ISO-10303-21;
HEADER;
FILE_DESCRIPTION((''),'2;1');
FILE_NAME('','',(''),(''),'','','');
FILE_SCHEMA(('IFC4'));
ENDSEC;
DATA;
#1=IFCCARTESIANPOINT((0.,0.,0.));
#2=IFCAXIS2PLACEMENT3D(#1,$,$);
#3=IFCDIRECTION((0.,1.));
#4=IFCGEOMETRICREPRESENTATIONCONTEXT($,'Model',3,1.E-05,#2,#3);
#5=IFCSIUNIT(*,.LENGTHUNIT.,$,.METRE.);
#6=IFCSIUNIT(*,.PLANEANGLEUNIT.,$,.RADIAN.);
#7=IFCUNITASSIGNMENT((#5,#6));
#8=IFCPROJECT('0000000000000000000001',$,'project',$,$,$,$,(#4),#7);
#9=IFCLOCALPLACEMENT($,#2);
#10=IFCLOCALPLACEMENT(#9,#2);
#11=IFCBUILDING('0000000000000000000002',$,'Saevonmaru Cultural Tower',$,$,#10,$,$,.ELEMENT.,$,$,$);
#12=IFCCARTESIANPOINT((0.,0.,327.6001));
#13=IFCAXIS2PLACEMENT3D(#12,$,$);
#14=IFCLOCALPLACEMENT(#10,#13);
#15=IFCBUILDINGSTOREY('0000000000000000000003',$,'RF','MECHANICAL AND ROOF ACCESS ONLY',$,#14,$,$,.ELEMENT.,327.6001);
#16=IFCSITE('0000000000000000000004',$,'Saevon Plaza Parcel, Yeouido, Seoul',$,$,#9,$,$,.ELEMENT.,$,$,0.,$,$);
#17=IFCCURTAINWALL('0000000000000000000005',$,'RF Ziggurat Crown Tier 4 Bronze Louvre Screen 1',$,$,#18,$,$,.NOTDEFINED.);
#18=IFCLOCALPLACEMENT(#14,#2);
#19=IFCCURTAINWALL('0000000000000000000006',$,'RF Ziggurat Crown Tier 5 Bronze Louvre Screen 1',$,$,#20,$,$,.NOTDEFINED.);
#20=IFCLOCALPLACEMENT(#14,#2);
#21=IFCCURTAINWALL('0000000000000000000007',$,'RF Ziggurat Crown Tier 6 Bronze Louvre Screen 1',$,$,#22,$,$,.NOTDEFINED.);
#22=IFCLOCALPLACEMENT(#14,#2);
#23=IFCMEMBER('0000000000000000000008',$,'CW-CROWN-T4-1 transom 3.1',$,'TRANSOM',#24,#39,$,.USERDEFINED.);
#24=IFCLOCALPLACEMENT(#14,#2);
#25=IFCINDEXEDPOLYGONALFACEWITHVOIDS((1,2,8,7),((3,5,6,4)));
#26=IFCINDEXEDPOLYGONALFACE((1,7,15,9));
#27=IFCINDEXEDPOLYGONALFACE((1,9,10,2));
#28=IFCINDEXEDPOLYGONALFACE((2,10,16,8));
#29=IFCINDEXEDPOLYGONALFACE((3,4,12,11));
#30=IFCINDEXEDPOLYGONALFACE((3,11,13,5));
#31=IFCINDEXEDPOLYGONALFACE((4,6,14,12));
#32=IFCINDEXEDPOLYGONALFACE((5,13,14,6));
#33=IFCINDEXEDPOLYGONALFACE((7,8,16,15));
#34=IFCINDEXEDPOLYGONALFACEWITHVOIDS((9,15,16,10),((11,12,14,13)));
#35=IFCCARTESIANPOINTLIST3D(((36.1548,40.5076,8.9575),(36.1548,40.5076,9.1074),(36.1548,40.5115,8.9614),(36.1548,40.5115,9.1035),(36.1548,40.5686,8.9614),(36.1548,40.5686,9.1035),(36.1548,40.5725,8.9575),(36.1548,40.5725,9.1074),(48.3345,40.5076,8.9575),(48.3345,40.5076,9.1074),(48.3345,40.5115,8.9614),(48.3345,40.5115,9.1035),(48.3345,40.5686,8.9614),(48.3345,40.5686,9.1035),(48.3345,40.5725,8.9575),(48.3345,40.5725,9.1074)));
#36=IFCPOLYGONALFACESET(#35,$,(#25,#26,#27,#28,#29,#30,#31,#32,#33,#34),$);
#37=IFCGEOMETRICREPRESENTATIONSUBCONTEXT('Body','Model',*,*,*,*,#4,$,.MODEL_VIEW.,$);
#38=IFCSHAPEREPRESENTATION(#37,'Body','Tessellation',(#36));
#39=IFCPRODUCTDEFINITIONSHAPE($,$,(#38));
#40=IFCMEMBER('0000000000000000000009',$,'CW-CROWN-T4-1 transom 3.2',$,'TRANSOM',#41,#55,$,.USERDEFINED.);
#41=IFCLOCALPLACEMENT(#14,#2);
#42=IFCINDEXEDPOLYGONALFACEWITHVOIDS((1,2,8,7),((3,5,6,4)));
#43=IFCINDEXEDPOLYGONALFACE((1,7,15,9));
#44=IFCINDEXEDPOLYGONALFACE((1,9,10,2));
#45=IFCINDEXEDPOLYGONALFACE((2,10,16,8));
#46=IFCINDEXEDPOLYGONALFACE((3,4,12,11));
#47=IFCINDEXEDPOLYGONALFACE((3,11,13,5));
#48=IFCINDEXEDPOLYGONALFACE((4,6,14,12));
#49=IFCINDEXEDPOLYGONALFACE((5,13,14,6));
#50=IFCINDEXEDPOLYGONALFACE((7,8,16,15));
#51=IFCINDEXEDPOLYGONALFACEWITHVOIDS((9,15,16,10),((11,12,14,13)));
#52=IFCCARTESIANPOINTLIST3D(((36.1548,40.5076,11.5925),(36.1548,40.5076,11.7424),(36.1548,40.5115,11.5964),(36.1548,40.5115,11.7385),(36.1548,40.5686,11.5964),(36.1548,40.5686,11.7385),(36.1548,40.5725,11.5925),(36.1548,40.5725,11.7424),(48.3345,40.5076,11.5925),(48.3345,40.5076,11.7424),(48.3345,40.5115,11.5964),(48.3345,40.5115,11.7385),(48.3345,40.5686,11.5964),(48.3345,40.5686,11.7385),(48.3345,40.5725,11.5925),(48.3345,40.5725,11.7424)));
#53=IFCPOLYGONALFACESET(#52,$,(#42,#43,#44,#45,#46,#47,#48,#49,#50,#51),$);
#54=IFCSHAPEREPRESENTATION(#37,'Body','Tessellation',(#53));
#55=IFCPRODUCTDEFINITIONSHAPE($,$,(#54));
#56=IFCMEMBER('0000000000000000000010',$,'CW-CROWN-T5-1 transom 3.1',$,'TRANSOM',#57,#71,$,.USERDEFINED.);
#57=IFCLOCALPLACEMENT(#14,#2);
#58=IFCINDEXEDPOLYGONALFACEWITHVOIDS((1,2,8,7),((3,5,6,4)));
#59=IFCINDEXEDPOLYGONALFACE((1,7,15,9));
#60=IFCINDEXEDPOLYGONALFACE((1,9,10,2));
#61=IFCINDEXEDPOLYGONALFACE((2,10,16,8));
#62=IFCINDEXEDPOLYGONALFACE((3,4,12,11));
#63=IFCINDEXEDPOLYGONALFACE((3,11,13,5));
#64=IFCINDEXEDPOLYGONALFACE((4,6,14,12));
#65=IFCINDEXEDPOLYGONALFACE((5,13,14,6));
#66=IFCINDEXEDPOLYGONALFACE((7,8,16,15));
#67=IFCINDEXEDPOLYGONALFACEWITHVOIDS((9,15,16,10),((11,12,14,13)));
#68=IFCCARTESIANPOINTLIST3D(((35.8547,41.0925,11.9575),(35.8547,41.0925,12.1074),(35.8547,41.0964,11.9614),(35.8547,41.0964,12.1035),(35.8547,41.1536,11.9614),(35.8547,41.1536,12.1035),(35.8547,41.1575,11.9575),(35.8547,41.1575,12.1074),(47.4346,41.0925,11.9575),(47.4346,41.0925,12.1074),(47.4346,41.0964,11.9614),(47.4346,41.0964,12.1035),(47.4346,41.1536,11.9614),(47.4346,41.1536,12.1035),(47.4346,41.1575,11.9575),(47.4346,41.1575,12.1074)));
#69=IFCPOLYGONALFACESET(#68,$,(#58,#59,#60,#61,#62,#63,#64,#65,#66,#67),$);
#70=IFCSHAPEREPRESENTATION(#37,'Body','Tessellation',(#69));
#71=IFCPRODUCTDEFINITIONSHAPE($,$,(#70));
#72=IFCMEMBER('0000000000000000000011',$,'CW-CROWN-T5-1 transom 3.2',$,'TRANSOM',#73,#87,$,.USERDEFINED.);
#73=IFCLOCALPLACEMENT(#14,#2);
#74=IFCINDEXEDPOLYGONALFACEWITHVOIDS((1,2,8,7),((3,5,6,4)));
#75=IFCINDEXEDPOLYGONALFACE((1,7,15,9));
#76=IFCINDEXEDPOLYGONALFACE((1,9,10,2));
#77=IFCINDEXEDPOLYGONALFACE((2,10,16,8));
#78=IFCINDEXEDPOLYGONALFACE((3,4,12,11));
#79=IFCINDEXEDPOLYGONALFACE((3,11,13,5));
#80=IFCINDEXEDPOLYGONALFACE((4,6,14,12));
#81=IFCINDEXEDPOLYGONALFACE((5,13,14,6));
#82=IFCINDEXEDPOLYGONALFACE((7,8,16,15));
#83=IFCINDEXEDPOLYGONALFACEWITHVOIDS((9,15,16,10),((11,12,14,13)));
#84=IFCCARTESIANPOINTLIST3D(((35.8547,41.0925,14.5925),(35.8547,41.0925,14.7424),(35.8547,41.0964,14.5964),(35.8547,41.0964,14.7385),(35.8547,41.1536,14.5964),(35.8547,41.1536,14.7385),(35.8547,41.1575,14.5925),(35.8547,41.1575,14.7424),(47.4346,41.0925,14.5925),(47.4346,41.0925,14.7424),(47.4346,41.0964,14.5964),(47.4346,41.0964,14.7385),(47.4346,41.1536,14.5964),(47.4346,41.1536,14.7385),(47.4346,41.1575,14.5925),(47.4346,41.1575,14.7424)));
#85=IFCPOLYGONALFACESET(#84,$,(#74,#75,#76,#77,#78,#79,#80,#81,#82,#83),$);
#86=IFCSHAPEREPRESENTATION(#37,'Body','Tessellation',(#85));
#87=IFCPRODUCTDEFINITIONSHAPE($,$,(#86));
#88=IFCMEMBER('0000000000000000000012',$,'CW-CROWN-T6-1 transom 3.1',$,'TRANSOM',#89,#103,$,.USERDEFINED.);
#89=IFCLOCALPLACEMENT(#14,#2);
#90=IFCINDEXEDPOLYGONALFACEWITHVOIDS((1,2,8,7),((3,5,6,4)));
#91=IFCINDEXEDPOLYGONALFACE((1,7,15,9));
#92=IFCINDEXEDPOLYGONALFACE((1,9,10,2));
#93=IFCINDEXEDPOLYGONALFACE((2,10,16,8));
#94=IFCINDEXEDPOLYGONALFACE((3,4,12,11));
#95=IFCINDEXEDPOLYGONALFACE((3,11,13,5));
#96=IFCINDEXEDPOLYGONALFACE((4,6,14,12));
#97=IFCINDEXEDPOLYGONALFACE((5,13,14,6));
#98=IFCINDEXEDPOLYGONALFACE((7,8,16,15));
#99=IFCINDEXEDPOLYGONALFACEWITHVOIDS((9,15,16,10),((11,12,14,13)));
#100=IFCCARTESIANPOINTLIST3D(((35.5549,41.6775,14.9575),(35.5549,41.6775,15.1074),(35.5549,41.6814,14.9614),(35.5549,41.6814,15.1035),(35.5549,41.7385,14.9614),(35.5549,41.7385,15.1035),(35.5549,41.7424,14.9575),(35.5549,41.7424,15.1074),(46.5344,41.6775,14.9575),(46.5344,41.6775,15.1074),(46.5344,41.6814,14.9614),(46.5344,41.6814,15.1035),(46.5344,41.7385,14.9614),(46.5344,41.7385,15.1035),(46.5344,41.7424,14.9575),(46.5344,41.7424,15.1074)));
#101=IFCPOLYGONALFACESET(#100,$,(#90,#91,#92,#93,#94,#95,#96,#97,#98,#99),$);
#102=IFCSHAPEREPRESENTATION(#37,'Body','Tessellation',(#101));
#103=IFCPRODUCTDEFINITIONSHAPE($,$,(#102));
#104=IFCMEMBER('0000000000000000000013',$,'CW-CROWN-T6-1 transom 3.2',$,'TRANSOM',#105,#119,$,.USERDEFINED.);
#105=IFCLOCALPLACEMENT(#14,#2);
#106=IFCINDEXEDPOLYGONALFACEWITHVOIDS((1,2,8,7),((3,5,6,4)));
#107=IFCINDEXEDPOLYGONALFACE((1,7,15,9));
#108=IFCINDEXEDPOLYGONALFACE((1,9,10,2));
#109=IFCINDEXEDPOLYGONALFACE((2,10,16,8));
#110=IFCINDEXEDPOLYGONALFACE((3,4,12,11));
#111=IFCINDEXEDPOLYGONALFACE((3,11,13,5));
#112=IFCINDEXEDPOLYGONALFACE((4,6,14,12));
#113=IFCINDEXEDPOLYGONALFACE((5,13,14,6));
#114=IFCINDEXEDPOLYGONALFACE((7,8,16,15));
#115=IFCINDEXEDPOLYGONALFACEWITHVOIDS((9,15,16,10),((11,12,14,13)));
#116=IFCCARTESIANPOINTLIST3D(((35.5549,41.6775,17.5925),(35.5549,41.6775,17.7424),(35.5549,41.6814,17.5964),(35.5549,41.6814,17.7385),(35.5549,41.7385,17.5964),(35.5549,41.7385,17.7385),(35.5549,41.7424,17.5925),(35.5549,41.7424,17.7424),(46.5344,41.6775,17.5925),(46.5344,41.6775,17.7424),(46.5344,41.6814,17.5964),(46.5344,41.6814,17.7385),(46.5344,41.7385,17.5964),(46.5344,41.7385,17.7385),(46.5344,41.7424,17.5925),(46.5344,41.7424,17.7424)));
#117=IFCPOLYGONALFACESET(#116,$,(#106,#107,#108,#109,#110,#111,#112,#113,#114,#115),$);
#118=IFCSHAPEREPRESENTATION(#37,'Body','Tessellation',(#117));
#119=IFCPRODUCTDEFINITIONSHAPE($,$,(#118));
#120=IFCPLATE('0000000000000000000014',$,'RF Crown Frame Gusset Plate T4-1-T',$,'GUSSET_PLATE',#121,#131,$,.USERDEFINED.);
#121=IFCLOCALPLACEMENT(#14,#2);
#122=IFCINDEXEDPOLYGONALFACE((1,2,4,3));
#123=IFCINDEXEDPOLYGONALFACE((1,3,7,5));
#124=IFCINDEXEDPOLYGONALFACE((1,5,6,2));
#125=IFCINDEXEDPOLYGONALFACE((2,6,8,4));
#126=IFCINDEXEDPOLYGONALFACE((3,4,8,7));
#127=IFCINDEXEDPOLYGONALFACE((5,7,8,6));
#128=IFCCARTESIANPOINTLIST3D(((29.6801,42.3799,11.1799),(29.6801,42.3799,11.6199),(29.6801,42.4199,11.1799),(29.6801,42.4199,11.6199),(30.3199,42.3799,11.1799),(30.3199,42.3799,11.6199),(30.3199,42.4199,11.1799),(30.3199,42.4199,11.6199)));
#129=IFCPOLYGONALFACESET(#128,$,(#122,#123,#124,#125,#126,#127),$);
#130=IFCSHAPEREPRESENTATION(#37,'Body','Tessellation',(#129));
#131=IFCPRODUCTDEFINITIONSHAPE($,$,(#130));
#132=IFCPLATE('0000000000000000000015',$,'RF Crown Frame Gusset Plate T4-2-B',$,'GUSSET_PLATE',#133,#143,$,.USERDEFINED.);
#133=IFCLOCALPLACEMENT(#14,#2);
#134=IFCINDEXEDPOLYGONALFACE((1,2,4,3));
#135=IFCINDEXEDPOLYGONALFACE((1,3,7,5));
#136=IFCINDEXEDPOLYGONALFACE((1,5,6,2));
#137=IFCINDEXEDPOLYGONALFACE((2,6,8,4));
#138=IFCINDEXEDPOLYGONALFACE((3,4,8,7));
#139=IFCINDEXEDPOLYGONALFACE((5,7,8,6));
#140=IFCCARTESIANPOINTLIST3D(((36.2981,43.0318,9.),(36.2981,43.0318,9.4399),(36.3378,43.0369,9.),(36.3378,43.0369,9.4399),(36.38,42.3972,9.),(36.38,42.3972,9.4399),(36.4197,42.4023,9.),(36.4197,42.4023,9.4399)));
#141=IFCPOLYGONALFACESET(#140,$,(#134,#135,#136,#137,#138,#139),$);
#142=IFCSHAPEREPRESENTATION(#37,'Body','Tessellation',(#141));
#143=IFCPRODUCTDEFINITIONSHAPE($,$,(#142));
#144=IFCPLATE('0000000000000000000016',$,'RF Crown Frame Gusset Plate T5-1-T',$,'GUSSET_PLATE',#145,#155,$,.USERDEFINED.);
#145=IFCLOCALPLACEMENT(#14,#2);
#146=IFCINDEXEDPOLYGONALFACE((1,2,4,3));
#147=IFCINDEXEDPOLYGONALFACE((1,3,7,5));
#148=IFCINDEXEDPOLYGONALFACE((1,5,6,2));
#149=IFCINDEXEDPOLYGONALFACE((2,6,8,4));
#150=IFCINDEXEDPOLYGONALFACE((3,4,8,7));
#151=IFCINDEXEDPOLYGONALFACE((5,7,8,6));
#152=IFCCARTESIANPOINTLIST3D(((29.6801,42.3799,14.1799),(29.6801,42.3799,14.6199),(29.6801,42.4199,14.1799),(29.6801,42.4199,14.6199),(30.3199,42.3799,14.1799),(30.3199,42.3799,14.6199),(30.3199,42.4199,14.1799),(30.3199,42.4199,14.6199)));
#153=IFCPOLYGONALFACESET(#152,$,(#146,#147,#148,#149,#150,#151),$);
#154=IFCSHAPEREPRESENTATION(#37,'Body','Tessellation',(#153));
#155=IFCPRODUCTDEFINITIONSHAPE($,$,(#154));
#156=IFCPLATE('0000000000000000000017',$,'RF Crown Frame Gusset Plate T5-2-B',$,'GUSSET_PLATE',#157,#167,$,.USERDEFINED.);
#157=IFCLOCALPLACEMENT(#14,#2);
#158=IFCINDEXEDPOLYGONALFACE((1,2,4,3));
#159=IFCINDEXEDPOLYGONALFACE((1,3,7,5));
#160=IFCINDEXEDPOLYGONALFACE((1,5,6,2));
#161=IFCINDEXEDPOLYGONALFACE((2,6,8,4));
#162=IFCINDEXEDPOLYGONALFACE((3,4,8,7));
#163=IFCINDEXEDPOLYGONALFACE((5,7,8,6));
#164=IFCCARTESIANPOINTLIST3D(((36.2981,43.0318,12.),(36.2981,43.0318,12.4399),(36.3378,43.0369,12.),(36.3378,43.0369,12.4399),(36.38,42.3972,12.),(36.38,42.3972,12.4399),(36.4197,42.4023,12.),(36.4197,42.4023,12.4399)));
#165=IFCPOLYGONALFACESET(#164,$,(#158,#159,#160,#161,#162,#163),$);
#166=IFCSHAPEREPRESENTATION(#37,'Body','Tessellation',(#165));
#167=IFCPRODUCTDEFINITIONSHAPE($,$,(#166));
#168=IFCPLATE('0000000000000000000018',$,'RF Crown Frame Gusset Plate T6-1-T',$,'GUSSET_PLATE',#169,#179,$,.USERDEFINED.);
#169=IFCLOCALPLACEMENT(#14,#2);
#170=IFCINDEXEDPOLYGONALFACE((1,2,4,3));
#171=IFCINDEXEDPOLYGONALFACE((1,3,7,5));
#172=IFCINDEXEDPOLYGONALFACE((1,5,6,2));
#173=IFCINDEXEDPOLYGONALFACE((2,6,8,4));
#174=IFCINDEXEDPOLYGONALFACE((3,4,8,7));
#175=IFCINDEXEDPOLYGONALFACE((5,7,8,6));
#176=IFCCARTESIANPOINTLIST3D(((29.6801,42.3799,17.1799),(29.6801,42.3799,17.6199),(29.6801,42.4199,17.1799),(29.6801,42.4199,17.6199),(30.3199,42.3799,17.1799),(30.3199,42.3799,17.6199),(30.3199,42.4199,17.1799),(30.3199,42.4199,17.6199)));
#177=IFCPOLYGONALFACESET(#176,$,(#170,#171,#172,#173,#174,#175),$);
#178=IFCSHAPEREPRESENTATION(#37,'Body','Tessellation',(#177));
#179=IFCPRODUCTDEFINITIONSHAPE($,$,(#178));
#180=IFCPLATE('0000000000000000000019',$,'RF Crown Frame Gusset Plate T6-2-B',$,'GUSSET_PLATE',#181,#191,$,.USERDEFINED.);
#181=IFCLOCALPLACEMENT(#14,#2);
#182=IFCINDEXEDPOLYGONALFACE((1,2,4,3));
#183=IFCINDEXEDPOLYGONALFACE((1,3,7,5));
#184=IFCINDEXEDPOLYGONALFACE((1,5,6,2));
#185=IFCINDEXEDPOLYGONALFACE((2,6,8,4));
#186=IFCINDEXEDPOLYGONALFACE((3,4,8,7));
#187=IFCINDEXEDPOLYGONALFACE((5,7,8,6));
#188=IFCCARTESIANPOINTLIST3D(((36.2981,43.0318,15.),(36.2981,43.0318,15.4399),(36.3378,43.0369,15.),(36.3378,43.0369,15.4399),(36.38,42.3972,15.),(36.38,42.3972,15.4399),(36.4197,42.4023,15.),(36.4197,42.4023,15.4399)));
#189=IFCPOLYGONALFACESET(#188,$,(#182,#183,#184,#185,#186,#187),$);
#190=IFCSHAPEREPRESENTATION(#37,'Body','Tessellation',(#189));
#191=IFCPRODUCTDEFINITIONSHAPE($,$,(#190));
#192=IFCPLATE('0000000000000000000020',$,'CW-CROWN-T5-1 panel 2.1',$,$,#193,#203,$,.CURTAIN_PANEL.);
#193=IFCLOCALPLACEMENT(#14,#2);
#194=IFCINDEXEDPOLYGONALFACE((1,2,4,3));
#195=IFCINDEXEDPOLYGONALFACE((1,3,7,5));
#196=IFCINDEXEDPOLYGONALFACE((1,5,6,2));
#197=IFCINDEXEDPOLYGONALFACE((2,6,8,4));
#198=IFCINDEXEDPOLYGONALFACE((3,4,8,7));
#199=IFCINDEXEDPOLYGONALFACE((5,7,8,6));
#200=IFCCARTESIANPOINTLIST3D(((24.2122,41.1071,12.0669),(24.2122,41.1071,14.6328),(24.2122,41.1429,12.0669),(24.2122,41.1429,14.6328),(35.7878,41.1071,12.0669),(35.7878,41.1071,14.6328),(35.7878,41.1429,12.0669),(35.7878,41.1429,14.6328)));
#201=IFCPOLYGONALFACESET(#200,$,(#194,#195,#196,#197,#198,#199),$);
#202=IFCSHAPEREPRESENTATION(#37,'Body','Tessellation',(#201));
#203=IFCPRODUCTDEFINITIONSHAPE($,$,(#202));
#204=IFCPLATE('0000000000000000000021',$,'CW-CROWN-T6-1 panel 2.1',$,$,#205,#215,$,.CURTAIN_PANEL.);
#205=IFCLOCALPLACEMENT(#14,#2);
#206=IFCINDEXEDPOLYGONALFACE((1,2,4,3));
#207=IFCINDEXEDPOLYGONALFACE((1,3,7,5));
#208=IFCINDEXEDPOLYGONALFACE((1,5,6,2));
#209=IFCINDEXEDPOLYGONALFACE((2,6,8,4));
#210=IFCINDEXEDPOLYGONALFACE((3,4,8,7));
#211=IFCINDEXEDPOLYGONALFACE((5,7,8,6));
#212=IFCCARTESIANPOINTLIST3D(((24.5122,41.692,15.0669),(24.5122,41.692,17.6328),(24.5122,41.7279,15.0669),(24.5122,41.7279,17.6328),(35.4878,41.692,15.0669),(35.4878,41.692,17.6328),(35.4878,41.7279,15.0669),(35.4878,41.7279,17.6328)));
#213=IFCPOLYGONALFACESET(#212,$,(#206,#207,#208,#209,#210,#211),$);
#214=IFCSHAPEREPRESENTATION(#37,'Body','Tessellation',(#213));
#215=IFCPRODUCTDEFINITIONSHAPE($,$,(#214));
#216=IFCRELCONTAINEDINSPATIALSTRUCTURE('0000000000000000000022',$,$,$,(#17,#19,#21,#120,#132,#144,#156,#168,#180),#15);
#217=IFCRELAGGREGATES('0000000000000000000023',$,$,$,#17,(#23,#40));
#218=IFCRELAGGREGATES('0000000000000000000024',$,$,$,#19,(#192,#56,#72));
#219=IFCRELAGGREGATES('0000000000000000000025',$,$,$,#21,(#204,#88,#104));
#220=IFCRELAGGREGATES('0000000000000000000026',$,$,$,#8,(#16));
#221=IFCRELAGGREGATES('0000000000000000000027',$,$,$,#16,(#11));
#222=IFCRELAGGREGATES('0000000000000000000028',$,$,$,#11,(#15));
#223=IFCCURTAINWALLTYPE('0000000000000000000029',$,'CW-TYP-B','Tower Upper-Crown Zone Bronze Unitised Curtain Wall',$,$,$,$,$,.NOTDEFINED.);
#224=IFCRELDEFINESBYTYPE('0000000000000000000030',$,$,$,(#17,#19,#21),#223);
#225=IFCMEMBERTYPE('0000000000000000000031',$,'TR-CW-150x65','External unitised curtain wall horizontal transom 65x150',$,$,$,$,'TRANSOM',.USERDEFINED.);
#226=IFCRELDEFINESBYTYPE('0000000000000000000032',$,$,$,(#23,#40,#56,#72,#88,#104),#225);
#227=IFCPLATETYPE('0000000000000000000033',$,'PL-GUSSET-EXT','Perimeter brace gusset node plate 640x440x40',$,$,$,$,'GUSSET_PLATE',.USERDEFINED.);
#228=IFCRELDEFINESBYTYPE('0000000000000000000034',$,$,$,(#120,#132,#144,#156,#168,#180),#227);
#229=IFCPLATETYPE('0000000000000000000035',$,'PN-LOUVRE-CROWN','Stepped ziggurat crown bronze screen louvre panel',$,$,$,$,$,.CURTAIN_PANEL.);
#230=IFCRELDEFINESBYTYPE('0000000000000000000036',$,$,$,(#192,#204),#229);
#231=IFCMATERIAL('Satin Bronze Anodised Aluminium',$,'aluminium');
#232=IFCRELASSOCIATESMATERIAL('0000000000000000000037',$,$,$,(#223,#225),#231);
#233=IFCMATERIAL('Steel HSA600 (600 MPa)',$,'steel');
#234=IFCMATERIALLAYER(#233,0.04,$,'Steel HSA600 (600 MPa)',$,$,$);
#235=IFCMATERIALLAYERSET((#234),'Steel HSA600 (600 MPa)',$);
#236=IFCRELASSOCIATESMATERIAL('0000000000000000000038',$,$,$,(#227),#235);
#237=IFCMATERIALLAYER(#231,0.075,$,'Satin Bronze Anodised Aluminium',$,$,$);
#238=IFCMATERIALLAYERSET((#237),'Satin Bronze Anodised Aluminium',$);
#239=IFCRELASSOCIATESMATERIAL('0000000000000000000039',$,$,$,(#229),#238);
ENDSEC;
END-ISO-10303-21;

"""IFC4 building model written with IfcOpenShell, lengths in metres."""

from ifc_helpers import new_model, si_unit, direction, frame, origin, origin_2d, place, context, subcontext, project, spatial, rectangle, hollow_rectangle, extrude, material, layer, layer_set, material_profile, profile_set, type_object, element, aggregate, save


model = new_model("IFC4")

# Units and contexts
model_context = context("Model", 3, precision=1e-05, world=origin(), true_north=direction((0.0, 1.0)))
body_context = subcontext(model_context, "Body", "Model", "MODEL_VIEW")
ifc_project = project(units=[si_unit("LENGTHUNIT", "METRE"), si_unit("PLANEANGLEUNIT", "RADIAN")], contexts=[model_context])

# Site, building, storey
site_placement = place(None, origin())
site = spatial("IfcSite", under=ifc_project, at=site_placement, Name="Saevon Plaza Parcel, Yeouido, Seoul", CompositionType="ELEMENT", RefElevation=0.0)
building_placement = place(site_placement, origin())
building = spatial("IfcBuilding", under=site, at=building_placement, Name="Saevonmaru Cultural Tower", CompositionType="ELEMENT")
storey_placement = place(building_placement, frame((0.0, 0.0, 327.6001)))
storey = spatial("IfcBuildingStorey", under=building, at=storey_placement, Name="RF", Description="MECHANICAL AND ROOF ACCESS ONLY", CompositionType="ELEMENT", Elevation=327.6001)

# Curtain walls
ifc_material_1 = material(Name="Satin Bronze Anodised Aluminium", Category="aluminium")
curtain_wall_type = type_object("IfcCurtainWallType", Name="CW-TYP-B", Description="Tower Upper-Crown Zone Bronze Unitised Curtain Wall", PredefinedType="NOTDEFINED", material=ifc_material_1)
curtain_wall_1_placement = place(storey_placement, origin())
curtain_wall_1 = element("IfcCurtainWall", 1, at=curtain_wall_1_placement, inside=storey, type_object=curtain_wall_type, Name="RF Ziggurat Crown Tier 4 Bronze Louvre Screen 1", PredefinedType="NOTDEFINED")
curtain_wall_2_placement = place(storey_placement, origin())
curtain_wall_2 = element("IfcCurtainWall", 2, at=curtain_wall_2_placement, inside=storey, type_object=curtain_wall_type, Name="RF Ziggurat Crown Tier 5 Bronze Louvre Screen 1", PredefinedType="NOTDEFINED")
curtain_wall_3_placement = place(storey_placement, origin())
curtain_wall_3 = element("IfcCurtainWall", 3, at=curtain_wall_3_placement, inside=storey, type_object=curtain_wall_type, Name="RF Ziggurat Crown Tier 6 Bronze Louvre Screen 1", PredefinedType="NOTDEFINED")
ifc_material_profile_1 = material_profile(ifc_material_1, hollow_rectangle(XDim=0.0649, YDim=0.1499, WallThickness=0.0039, at=origin_2d()), Name="ALU-TRAN-150x65x4")
ifc_profile_set_1 = profile_set([ifc_material_profile_1], Name="Satin Bronze Anodised Aluminium")
member_type_1 = type_object("IfcMemberType", Name="TR-CW-150x65", Description="External unitised curtain wall horizontal transom 65x150", ElementType="TRANSOM", PredefinedType="USERDEFINED", material=ifc_profile_set_1)

# Members
member_1_placement = place(storey_placement, frame((36.1548, 40.54, 9.0325), z_axis=(1.0, 0.0, 0.0), x_axis=(0.0, 1.0, 0.0)))
member_1 = element("IfcMember", 4, at=member_1_placement, type_object=member_type_1, Name="CW-CROWN-T4-1 transom 3.1", ObjectType="TRANSOM", PredefinedType="USERDEFINED", context=body_context, shape_type="SweptSolid", body=[
    extrude(hollow_rectangle(XDim=0.0649, YDim=0.1499, WallThickness=0.0039, at=origin_2d()), origin(), (0.0, 0.0, 1.0), 12.1797),
])
member_2_placement = place(storey_placement, frame((36.1548, 40.54, 11.6675), z_axis=(1.0, 0.0, 0.0), x_axis=(0.0, 1.0, 0.0)))
member_2 = element("IfcMember", 5, at=member_2_placement, type_object=member_type_1, Name="CW-CROWN-T4-1 transom 3.2", ObjectType="TRANSOM", PredefinedType="USERDEFINED", context=body_context, shape_type="SweptSolid", body=[
    extrude(hollow_rectangle(XDim=0.0649, YDim=0.1499, WallThickness=0.0039, at=origin_2d()), origin(), (0.0, 0.0, 1.0), 12.1797),
])
aggregate(curtain_wall_1, [member_1, member_2])
member_3_placement = place(storey_placement, frame((35.8547, 41.125, 12.0325), z_axis=(1.0, 0.0, 0.0), x_axis=(0.0, 1.0, 0.0)))
member_3 = element("IfcMember", 6, at=member_3_placement, type_object=member_type_1, Name="CW-CROWN-T5-1 transom 3.1", ObjectType="TRANSOM", PredefinedType="USERDEFINED", context=body_context, shape_type="SweptSolid", body=[
    extrude(hollow_rectangle(XDim=0.0649, YDim=0.1499, WallThickness=0.0039, at=origin_2d()), origin(), (0.0, 0.0, 1.0), 11.5798),
])
member_4_placement = place(storey_placement, frame((35.8547, 41.125, 14.6675), z_axis=(1.0, 0.0, 0.0), x_axis=(0.0, 1.0, 0.0)))
member_4 = element("IfcMember", 7, at=member_4_placement, type_object=member_type_1, Name="CW-CROWN-T5-1 transom 3.2", ObjectType="TRANSOM", PredefinedType="USERDEFINED", context=body_context, shape_type="SweptSolid", body=[
    extrude(hollow_rectangle(XDim=0.0649, YDim=0.1499, WallThickness=0.0039, at=origin_2d()), origin(), (0.0, 0.0, 1.0), 11.5798),
])
member_5_placement = place(storey_placement, frame((35.5549, 41.71, 15.0325), z_axis=(1.0, 0.0, 0.0), x_axis=(0.0, 1.0, 0.0)))
member_5 = element("IfcMember", 8, at=member_5_placement, type_object=member_type_1, Name="CW-CROWN-T6-1 transom 3.1", ObjectType="TRANSOM", PredefinedType="USERDEFINED", context=body_context, shape_type="SweptSolid", body=[
    extrude(hollow_rectangle(XDim=0.0649, YDim=0.1499, WallThickness=0.0039, at=origin_2d()), origin(), (0.0, 0.0, 1.0), 10.9795),
])
member_6_placement = place(storey_placement, frame((35.5549, 41.71, 17.6675), z_axis=(1.0, 0.0, 0.0), x_axis=(0.0, 1.0, 0.0)))
member_6 = element("IfcMember", 9, at=member_6_placement, type_object=member_type_1, Name="CW-CROWN-T6-1 transom 3.2", ObjectType="TRANSOM", PredefinedType="USERDEFINED", context=body_context, shape_type="SweptSolid", body=[
    extrude(hollow_rectangle(XDim=0.0649, YDim=0.1499, WallThickness=0.0039, at=origin_2d()), origin(), (0.0, 0.0, 1.0), 10.9795),
])

# Plates
ifc_material_2 = material(Name="Steel HSA600 (600 MPa)", Category="steel")
ifc_layer_1 = layer(ifc_material_2, 0.04, Name="Steel HSA600 (600 MPa)")
ifc_layer_set_1 = layer_set([ifc_layer_1], Name="Steel HSA600 (600 MPa)")
plate_type_1 = type_object("IfcPlateType", Name="PL-GUSSET-EXT", Description="Perimeter brace gusset node plate 640x440x40", ElementType="GUSSET_PLATE", PredefinedType="USERDEFINED", material=ifc_layer_set_1)
for number, where, z_axis, x_axis, name in (
    (10, (30.0, 42.3999, 11.1799), (0.0, 0.0, 1.0), (1.0, 0.0, 0.0), "RF Crown Frame Gusset Plate T4-1-T"),
    (11, (36.3589, 42.717, 9.0), (0.0, 0.0, 1.0), (-0.127965, 0.991779, 0.0), "RF Crown Frame Gusset Plate T4-2-B"),
    (12, (30.0, 42.3999, 14.1799), (0.0, 0.0, 1.0), (1.0, 0.0, 0.0), "RF Crown Frame Gusset Plate T5-1-T"),
    (13, (36.3589, 42.717, 12.0), (0.0, 0.0, 1.0), (-0.127965, 0.991779, 0.0), "RF Crown Frame Gusset Plate T5-2-B"),
    (14, (30.0, 42.3999, 17.1799), (0.0, 0.0, 1.0), (1.0, 0.0, 0.0), "RF Crown Frame Gusset Plate T6-1-T"),
    (15, (36.3589, 42.717, 15.0), (0.0, 0.0, 1.0), (-0.127965, 0.991779, 0.0), "RF Crown Frame Gusset Plate T6-2-B"),
):
    element("IfcPlate", number, at=place(storey_placement, frame(where, z_axis=z_axis, x_axis=x_axis)), inside=storey, type_object=plate_type_1, Name=name, ObjectType="GUSSET_PLATE", PredefinedType="USERDEFINED", context=body_context, shape_type="SweptSolid", body=[
        extrude(rectangle(XDim=0.6399, YDim=0.04, at=origin_2d()), origin(), (0.0, 0.0, 1.0), 0.4399),
    ])

# Plates
ifc_layer_2 = layer(ifc_material_1, 0.075, Name="Satin Bronze Anodised Aluminium")
ifc_layer_set_2 = layer_set([ifc_layer_2], Name="Satin Bronze Anodised Aluminium")
plate_type_2 = type_object("IfcPlateType", Name="PN-LOUVRE-CROWN", Description="Stepped ziggurat crown bronze screen louvre panel", PredefinedType="CURTAIN_PANEL", material=ifc_layer_set_2)
plate_1_placement = place(storey_placement, frame((30.0, 41.125, 12.0669), z_axis=(0.0, 0.0, 1.0), x_axis=(1.0, 0.0, 0.0)))
plate_1 = element("IfcPlate", 16, at=plate_1_placement, type_object=plate_type_2, Name="CW-CROWN-T5-1 panel 2.1", PredefinedType="CURTAIN_PANEL", context=body_context, shape_type="SweptSolid", body=[
    extrude(rectangle(XDim=11.5757, YDim=0.0359, at=origin_2d()), origin(), (0.0, 0.0, 1.0), 2.5659),
])
aggregate(curtain_wall_2, [plate_1, member_3, member_4])
plate_2_placement = place(storey_placement, frame((30.0, 41.71, 15.0669), z_axis=(0.0, 0.0, 1.0), x_axis=(1.0, 0.0, 0.0)))
plate_2 = element("IfcPlate", 17, at=plate_2_placement, type_object=plate_type_2, Name="CW-CROWN-T6-1 panel 2.1", PredefinedType="CURTAIN_PANEL", context=body_context, shape_type="SweptSolid", body=[
    extrude(rectangle(XDim=10.9756, YDim=0.0359, at=origin_2d()), origin(), (0.0, 0.0, 1.0), 2.5659),
])
aggregate(curtain_wall_3, [plate_2, member_5, member_6])

save(model, "model.ifc")
